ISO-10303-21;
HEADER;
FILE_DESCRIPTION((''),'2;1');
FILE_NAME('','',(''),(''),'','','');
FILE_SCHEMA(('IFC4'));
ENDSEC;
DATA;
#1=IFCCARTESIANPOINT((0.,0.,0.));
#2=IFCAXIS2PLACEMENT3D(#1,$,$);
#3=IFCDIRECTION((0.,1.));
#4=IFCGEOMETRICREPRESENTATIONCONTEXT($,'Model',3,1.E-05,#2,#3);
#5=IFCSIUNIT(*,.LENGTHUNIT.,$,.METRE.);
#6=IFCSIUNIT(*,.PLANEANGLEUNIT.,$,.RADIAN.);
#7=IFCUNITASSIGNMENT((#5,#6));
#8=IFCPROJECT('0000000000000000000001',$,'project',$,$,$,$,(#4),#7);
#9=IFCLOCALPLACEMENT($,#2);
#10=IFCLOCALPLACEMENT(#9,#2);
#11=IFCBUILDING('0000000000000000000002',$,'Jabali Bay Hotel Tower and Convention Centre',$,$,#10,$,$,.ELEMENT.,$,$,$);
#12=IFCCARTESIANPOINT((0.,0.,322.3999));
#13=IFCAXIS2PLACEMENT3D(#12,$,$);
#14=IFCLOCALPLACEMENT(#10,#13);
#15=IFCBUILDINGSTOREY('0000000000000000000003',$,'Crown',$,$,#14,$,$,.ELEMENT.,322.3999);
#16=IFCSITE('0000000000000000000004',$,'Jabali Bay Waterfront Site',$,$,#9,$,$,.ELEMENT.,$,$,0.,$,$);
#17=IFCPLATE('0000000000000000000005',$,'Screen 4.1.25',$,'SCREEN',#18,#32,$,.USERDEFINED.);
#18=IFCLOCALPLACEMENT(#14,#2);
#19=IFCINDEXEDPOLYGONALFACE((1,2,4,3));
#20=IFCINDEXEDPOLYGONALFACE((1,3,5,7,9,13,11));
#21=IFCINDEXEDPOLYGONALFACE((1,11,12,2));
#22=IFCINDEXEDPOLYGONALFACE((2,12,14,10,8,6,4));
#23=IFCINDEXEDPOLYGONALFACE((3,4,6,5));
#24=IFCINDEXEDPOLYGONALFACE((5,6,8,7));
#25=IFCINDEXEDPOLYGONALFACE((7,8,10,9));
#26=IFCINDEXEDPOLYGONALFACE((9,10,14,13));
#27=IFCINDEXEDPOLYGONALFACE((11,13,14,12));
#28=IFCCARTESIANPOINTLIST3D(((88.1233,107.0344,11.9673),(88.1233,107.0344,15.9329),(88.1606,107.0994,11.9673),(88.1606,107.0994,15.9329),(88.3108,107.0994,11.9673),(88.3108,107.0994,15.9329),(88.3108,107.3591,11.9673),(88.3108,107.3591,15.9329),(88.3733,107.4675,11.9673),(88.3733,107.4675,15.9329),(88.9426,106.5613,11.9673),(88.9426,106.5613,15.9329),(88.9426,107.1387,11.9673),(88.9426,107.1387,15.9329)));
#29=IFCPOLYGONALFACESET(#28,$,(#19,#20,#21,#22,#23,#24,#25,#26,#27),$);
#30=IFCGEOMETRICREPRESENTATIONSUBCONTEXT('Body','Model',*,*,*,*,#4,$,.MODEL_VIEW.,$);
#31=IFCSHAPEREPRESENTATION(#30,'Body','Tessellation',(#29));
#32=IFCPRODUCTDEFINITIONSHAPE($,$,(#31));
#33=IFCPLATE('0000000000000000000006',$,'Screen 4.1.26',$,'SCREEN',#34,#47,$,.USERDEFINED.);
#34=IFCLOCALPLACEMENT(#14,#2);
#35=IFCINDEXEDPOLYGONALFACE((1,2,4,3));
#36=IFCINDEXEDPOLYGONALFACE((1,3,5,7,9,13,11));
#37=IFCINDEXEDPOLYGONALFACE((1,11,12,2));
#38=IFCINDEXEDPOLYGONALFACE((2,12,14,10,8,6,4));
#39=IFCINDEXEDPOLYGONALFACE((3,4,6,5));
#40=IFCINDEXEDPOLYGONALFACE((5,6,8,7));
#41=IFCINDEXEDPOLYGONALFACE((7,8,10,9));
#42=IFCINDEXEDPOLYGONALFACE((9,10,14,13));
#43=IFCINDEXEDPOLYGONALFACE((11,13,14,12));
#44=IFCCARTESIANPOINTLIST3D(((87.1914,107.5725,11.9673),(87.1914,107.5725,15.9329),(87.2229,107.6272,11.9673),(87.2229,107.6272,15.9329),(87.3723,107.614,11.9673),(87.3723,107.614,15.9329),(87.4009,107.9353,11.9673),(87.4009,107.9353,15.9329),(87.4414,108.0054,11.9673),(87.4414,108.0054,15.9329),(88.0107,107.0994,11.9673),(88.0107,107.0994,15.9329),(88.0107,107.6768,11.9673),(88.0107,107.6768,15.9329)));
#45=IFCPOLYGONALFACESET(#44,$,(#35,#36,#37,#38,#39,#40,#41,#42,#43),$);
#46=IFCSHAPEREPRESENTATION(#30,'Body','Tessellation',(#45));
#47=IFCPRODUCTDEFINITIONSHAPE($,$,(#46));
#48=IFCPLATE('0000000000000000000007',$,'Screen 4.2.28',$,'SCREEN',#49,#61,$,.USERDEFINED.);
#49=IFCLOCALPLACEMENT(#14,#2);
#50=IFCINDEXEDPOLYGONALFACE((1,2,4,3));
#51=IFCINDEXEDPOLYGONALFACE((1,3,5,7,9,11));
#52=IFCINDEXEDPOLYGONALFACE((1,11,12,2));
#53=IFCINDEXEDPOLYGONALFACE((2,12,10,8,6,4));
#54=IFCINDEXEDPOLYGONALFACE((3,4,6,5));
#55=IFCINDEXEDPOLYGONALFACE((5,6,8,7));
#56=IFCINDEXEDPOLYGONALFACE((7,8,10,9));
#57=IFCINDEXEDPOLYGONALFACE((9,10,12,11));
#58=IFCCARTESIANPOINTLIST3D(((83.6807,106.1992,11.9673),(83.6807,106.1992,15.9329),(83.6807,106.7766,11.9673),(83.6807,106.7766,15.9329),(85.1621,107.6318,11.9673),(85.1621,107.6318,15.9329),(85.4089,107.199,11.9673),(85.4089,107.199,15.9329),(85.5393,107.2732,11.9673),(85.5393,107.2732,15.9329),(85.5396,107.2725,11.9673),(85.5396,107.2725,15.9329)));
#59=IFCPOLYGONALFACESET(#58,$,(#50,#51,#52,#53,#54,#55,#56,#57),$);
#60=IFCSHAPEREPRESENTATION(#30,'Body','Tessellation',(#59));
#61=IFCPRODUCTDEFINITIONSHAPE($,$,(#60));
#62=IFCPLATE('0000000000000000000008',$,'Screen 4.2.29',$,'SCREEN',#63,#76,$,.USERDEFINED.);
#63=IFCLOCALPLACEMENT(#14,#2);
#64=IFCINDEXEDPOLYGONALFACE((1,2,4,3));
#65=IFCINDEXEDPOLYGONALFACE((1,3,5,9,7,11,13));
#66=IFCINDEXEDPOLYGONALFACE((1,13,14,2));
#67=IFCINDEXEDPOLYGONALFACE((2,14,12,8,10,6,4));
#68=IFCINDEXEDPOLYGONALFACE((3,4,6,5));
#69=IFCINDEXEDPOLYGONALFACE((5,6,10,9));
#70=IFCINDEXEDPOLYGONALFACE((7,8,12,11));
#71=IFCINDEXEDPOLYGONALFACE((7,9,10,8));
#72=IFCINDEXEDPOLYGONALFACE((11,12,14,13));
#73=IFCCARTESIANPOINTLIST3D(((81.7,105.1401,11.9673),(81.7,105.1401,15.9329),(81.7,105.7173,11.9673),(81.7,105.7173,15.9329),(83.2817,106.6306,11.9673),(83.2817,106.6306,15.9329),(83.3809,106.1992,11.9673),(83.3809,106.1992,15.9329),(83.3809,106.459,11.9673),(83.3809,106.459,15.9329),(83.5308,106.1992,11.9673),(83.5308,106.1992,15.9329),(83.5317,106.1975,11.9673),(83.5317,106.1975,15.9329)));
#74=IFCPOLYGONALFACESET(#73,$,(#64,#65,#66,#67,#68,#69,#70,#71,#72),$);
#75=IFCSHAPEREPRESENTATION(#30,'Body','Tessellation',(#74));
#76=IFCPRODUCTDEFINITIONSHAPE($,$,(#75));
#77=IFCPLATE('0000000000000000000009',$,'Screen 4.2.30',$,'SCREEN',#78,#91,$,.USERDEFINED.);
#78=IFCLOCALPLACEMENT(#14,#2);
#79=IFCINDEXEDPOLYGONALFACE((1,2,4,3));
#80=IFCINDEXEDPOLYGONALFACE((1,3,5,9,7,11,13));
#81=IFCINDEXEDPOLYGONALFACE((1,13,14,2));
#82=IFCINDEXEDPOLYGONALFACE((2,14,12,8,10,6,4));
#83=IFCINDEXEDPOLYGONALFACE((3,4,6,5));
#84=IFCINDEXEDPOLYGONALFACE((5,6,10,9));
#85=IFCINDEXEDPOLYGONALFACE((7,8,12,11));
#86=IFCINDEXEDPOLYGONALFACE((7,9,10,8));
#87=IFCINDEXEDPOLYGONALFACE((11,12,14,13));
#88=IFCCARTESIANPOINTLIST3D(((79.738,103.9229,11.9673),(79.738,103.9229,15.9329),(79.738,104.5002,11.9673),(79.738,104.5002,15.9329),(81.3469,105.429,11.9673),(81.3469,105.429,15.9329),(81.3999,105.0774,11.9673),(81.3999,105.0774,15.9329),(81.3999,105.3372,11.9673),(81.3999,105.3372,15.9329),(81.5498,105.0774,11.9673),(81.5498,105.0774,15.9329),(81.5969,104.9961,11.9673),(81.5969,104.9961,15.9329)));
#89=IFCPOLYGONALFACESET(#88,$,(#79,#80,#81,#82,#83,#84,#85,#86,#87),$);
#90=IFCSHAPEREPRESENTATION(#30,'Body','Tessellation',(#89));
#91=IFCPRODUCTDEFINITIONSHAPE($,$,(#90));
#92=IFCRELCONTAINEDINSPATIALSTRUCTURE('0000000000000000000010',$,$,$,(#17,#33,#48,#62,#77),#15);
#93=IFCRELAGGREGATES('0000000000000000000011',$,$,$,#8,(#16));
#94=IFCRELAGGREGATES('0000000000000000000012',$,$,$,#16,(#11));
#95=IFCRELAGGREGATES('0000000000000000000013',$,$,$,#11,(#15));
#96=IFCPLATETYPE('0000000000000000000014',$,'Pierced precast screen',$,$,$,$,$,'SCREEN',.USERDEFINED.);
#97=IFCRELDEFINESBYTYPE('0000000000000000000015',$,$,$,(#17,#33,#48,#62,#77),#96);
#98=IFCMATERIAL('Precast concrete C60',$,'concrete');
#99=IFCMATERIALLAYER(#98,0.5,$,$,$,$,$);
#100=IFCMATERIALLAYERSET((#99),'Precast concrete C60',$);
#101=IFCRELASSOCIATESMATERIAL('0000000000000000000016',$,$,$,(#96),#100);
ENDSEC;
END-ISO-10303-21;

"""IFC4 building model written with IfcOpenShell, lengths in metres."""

from ifc_helpers import new_model, si_unit, direction, frame, origin, place, context, subcontext, project, spatial, polyline, outline, extrude, material, layer, layer_set, type_object, element, save


model = new_model("IFC4")

# Units and contexts
model_context = context("Model", 3, precision=1e-05, world=origin(), true_north=direction((0.0, 1.0)))
body_context = subcontext(model_context, "Body", "Model", "MODEL_VIEW")
ifc_project = project(units=[si_unit("LENGTHUNIT", "METRE"), si_unit("PLANEANGLEUNIT", "RADIAN")], contexts=[model_context])

# Site, building, storey
site_placement = place(None, origin())
site = spatial("IfcSite", under=ifc_project, at=site_placement, Name="Jabali Bay Waterfront Site", CompositionType="ELEMENT", RefElevation=0.0)
building_placement = place(site_placement, origin())
building = spatial("IfcBuilding", under=site, at=building_placement, Name="Jabali Bay Hotel Tower and Convention Centre", CompositionType="ELEMENT")
storey_placement = place(building_placement, frame((0.0, 0.0, 322.3999)))
storey = spatial("IfcBuildingStorey", under=building, at=storey_placement, Name="Crown", CompositionType="ELEMENT", Elevation=322.3999)

# Plates
ifc_material = material(Name="Precast concrete C60", Category="concrete")
ifc_layer = layer(ifc_material, 0.5)
ifc_layer_set = layer_set([ifc_layer], Name="Precast concrete C60")
plate_type = type_object("IfcPlateType", Name="Pierced precast screen", ElementType="SCREEN", PredefinedType="USERDEFINED", material=ifc_layer_set)
plate_1_placement = place(storey_placement, frame((0.0, 0.0, 11.9673)))
element("IfcPlate", 1, at=plate_1_placement, inside=storey, type_object=plate_type, Name="Screen 4.1.25", ObjectType="SCREEN", PredefinedType="USERDEFINED", context=body_context, shape_type="SweptSolid", body=[
    extrude(outline(polyline([(88.1233, 107.0344), (88.9426, 106.5613), (88.9426, 107.1387), (88.3733, 107.4675), (88.3108, 107.3591), (88.3108, 107.0994), (88.1606, 107.0994), (88.1233, 107.0344)])), origin(), (0.0, 0.0, 1.0), 3.9656),
])
plate_2_placement = place(storey_placement, frame((0.0, 0.0, 11.9673)))
element("IfcPlate", 2, at=plate_2_placement, inside=storey, type_object=plate_type, Name="Screen 4.1.26", ObjectType="SCREEN", PredefinedType="USERDEFINED", context=body_context, shape_type="SweptSolid", body=[
    extrude(outline(polyline([(87.1914, 107.5725), (88.0107, 107.0994), (88.0107, 107.6768), (87.4414, 108.0054), (87.4009, 107.9353), (87.3723, 107.614), (87.2229, 107.6272), (87.1914, 107.5725)])), origin(), (0.0, 0.0, 1.0), 3.9656),
])
plate_3_placement = place(storey_placement, frame((0.0, 0.0, 11.9673)))
element("IfcPlate", 3, at=plate_3_placement, inside=storey, type_object=plate_type, Name="Screen 4.2.28", ObjectType="SCREEN", PredefinedType="USERDEFINED", context=body_context, shape_type="SweptSolid", body=[
    extrude(outline(polyline([(83.6807, 106.1992), (85.5396, 107.2725), (85.5393, 107.2732), (85.4089, 107.199), (85.1621, 107.6318), (83.6807, 106.7766), (83.6807, 106.1992)])), origin(), (0.0, 0.0, 1.0), 3.9656),
])
plate_4_placement = place(storey_placement, frame((0.0, 0.0, 11.9673)))
element("IfcPlate", 4, at=plate_4_placement, inside=storey, type_object=plate_type, Name="Screen 4.2.29", ObjectType="SCREEN", PredefinedType="USERDEFINED", context=body_context, shape_type="SweptSolid", body=[
    extrude(outline(polyline([(81.7, 105.1401), (83.5317, 106.1975), (83.5308, 106.1992), (83.3809, 106.1992), (83.3809, 106.459), (83.2817, 106.6306), (81.7, 105.7173), (81.7, 105.1401)])), origin(), (0.0, 0.0, 1.0), 3.9656),
])
plate_5_placement = place(storey_placement, frame((0.0, 0.0, 11.9673)))
element("IfcPlate", 5, at=plate_5_placement, inside=storey, type_object=plate_type, Name="Screen 4.2.30", ObjectType="SCREEN", PredefinedType="USERDEFINED", context=body_context, shape_type="SweptSolid", body=[
    extrude(outline(polyline([(79.738, 103.9229), (81.5969, 104.9961), (81.5498, 105.0774), (81.3999, 105.0774), (81.3999, 105.3372), (81.3469, 105.429), (79.738, 104.5002), (79.738, 103.9229)])), origin(), (0.0, 0.0, 1.0), 3.9656),
])

save(model, "model.ifc")
